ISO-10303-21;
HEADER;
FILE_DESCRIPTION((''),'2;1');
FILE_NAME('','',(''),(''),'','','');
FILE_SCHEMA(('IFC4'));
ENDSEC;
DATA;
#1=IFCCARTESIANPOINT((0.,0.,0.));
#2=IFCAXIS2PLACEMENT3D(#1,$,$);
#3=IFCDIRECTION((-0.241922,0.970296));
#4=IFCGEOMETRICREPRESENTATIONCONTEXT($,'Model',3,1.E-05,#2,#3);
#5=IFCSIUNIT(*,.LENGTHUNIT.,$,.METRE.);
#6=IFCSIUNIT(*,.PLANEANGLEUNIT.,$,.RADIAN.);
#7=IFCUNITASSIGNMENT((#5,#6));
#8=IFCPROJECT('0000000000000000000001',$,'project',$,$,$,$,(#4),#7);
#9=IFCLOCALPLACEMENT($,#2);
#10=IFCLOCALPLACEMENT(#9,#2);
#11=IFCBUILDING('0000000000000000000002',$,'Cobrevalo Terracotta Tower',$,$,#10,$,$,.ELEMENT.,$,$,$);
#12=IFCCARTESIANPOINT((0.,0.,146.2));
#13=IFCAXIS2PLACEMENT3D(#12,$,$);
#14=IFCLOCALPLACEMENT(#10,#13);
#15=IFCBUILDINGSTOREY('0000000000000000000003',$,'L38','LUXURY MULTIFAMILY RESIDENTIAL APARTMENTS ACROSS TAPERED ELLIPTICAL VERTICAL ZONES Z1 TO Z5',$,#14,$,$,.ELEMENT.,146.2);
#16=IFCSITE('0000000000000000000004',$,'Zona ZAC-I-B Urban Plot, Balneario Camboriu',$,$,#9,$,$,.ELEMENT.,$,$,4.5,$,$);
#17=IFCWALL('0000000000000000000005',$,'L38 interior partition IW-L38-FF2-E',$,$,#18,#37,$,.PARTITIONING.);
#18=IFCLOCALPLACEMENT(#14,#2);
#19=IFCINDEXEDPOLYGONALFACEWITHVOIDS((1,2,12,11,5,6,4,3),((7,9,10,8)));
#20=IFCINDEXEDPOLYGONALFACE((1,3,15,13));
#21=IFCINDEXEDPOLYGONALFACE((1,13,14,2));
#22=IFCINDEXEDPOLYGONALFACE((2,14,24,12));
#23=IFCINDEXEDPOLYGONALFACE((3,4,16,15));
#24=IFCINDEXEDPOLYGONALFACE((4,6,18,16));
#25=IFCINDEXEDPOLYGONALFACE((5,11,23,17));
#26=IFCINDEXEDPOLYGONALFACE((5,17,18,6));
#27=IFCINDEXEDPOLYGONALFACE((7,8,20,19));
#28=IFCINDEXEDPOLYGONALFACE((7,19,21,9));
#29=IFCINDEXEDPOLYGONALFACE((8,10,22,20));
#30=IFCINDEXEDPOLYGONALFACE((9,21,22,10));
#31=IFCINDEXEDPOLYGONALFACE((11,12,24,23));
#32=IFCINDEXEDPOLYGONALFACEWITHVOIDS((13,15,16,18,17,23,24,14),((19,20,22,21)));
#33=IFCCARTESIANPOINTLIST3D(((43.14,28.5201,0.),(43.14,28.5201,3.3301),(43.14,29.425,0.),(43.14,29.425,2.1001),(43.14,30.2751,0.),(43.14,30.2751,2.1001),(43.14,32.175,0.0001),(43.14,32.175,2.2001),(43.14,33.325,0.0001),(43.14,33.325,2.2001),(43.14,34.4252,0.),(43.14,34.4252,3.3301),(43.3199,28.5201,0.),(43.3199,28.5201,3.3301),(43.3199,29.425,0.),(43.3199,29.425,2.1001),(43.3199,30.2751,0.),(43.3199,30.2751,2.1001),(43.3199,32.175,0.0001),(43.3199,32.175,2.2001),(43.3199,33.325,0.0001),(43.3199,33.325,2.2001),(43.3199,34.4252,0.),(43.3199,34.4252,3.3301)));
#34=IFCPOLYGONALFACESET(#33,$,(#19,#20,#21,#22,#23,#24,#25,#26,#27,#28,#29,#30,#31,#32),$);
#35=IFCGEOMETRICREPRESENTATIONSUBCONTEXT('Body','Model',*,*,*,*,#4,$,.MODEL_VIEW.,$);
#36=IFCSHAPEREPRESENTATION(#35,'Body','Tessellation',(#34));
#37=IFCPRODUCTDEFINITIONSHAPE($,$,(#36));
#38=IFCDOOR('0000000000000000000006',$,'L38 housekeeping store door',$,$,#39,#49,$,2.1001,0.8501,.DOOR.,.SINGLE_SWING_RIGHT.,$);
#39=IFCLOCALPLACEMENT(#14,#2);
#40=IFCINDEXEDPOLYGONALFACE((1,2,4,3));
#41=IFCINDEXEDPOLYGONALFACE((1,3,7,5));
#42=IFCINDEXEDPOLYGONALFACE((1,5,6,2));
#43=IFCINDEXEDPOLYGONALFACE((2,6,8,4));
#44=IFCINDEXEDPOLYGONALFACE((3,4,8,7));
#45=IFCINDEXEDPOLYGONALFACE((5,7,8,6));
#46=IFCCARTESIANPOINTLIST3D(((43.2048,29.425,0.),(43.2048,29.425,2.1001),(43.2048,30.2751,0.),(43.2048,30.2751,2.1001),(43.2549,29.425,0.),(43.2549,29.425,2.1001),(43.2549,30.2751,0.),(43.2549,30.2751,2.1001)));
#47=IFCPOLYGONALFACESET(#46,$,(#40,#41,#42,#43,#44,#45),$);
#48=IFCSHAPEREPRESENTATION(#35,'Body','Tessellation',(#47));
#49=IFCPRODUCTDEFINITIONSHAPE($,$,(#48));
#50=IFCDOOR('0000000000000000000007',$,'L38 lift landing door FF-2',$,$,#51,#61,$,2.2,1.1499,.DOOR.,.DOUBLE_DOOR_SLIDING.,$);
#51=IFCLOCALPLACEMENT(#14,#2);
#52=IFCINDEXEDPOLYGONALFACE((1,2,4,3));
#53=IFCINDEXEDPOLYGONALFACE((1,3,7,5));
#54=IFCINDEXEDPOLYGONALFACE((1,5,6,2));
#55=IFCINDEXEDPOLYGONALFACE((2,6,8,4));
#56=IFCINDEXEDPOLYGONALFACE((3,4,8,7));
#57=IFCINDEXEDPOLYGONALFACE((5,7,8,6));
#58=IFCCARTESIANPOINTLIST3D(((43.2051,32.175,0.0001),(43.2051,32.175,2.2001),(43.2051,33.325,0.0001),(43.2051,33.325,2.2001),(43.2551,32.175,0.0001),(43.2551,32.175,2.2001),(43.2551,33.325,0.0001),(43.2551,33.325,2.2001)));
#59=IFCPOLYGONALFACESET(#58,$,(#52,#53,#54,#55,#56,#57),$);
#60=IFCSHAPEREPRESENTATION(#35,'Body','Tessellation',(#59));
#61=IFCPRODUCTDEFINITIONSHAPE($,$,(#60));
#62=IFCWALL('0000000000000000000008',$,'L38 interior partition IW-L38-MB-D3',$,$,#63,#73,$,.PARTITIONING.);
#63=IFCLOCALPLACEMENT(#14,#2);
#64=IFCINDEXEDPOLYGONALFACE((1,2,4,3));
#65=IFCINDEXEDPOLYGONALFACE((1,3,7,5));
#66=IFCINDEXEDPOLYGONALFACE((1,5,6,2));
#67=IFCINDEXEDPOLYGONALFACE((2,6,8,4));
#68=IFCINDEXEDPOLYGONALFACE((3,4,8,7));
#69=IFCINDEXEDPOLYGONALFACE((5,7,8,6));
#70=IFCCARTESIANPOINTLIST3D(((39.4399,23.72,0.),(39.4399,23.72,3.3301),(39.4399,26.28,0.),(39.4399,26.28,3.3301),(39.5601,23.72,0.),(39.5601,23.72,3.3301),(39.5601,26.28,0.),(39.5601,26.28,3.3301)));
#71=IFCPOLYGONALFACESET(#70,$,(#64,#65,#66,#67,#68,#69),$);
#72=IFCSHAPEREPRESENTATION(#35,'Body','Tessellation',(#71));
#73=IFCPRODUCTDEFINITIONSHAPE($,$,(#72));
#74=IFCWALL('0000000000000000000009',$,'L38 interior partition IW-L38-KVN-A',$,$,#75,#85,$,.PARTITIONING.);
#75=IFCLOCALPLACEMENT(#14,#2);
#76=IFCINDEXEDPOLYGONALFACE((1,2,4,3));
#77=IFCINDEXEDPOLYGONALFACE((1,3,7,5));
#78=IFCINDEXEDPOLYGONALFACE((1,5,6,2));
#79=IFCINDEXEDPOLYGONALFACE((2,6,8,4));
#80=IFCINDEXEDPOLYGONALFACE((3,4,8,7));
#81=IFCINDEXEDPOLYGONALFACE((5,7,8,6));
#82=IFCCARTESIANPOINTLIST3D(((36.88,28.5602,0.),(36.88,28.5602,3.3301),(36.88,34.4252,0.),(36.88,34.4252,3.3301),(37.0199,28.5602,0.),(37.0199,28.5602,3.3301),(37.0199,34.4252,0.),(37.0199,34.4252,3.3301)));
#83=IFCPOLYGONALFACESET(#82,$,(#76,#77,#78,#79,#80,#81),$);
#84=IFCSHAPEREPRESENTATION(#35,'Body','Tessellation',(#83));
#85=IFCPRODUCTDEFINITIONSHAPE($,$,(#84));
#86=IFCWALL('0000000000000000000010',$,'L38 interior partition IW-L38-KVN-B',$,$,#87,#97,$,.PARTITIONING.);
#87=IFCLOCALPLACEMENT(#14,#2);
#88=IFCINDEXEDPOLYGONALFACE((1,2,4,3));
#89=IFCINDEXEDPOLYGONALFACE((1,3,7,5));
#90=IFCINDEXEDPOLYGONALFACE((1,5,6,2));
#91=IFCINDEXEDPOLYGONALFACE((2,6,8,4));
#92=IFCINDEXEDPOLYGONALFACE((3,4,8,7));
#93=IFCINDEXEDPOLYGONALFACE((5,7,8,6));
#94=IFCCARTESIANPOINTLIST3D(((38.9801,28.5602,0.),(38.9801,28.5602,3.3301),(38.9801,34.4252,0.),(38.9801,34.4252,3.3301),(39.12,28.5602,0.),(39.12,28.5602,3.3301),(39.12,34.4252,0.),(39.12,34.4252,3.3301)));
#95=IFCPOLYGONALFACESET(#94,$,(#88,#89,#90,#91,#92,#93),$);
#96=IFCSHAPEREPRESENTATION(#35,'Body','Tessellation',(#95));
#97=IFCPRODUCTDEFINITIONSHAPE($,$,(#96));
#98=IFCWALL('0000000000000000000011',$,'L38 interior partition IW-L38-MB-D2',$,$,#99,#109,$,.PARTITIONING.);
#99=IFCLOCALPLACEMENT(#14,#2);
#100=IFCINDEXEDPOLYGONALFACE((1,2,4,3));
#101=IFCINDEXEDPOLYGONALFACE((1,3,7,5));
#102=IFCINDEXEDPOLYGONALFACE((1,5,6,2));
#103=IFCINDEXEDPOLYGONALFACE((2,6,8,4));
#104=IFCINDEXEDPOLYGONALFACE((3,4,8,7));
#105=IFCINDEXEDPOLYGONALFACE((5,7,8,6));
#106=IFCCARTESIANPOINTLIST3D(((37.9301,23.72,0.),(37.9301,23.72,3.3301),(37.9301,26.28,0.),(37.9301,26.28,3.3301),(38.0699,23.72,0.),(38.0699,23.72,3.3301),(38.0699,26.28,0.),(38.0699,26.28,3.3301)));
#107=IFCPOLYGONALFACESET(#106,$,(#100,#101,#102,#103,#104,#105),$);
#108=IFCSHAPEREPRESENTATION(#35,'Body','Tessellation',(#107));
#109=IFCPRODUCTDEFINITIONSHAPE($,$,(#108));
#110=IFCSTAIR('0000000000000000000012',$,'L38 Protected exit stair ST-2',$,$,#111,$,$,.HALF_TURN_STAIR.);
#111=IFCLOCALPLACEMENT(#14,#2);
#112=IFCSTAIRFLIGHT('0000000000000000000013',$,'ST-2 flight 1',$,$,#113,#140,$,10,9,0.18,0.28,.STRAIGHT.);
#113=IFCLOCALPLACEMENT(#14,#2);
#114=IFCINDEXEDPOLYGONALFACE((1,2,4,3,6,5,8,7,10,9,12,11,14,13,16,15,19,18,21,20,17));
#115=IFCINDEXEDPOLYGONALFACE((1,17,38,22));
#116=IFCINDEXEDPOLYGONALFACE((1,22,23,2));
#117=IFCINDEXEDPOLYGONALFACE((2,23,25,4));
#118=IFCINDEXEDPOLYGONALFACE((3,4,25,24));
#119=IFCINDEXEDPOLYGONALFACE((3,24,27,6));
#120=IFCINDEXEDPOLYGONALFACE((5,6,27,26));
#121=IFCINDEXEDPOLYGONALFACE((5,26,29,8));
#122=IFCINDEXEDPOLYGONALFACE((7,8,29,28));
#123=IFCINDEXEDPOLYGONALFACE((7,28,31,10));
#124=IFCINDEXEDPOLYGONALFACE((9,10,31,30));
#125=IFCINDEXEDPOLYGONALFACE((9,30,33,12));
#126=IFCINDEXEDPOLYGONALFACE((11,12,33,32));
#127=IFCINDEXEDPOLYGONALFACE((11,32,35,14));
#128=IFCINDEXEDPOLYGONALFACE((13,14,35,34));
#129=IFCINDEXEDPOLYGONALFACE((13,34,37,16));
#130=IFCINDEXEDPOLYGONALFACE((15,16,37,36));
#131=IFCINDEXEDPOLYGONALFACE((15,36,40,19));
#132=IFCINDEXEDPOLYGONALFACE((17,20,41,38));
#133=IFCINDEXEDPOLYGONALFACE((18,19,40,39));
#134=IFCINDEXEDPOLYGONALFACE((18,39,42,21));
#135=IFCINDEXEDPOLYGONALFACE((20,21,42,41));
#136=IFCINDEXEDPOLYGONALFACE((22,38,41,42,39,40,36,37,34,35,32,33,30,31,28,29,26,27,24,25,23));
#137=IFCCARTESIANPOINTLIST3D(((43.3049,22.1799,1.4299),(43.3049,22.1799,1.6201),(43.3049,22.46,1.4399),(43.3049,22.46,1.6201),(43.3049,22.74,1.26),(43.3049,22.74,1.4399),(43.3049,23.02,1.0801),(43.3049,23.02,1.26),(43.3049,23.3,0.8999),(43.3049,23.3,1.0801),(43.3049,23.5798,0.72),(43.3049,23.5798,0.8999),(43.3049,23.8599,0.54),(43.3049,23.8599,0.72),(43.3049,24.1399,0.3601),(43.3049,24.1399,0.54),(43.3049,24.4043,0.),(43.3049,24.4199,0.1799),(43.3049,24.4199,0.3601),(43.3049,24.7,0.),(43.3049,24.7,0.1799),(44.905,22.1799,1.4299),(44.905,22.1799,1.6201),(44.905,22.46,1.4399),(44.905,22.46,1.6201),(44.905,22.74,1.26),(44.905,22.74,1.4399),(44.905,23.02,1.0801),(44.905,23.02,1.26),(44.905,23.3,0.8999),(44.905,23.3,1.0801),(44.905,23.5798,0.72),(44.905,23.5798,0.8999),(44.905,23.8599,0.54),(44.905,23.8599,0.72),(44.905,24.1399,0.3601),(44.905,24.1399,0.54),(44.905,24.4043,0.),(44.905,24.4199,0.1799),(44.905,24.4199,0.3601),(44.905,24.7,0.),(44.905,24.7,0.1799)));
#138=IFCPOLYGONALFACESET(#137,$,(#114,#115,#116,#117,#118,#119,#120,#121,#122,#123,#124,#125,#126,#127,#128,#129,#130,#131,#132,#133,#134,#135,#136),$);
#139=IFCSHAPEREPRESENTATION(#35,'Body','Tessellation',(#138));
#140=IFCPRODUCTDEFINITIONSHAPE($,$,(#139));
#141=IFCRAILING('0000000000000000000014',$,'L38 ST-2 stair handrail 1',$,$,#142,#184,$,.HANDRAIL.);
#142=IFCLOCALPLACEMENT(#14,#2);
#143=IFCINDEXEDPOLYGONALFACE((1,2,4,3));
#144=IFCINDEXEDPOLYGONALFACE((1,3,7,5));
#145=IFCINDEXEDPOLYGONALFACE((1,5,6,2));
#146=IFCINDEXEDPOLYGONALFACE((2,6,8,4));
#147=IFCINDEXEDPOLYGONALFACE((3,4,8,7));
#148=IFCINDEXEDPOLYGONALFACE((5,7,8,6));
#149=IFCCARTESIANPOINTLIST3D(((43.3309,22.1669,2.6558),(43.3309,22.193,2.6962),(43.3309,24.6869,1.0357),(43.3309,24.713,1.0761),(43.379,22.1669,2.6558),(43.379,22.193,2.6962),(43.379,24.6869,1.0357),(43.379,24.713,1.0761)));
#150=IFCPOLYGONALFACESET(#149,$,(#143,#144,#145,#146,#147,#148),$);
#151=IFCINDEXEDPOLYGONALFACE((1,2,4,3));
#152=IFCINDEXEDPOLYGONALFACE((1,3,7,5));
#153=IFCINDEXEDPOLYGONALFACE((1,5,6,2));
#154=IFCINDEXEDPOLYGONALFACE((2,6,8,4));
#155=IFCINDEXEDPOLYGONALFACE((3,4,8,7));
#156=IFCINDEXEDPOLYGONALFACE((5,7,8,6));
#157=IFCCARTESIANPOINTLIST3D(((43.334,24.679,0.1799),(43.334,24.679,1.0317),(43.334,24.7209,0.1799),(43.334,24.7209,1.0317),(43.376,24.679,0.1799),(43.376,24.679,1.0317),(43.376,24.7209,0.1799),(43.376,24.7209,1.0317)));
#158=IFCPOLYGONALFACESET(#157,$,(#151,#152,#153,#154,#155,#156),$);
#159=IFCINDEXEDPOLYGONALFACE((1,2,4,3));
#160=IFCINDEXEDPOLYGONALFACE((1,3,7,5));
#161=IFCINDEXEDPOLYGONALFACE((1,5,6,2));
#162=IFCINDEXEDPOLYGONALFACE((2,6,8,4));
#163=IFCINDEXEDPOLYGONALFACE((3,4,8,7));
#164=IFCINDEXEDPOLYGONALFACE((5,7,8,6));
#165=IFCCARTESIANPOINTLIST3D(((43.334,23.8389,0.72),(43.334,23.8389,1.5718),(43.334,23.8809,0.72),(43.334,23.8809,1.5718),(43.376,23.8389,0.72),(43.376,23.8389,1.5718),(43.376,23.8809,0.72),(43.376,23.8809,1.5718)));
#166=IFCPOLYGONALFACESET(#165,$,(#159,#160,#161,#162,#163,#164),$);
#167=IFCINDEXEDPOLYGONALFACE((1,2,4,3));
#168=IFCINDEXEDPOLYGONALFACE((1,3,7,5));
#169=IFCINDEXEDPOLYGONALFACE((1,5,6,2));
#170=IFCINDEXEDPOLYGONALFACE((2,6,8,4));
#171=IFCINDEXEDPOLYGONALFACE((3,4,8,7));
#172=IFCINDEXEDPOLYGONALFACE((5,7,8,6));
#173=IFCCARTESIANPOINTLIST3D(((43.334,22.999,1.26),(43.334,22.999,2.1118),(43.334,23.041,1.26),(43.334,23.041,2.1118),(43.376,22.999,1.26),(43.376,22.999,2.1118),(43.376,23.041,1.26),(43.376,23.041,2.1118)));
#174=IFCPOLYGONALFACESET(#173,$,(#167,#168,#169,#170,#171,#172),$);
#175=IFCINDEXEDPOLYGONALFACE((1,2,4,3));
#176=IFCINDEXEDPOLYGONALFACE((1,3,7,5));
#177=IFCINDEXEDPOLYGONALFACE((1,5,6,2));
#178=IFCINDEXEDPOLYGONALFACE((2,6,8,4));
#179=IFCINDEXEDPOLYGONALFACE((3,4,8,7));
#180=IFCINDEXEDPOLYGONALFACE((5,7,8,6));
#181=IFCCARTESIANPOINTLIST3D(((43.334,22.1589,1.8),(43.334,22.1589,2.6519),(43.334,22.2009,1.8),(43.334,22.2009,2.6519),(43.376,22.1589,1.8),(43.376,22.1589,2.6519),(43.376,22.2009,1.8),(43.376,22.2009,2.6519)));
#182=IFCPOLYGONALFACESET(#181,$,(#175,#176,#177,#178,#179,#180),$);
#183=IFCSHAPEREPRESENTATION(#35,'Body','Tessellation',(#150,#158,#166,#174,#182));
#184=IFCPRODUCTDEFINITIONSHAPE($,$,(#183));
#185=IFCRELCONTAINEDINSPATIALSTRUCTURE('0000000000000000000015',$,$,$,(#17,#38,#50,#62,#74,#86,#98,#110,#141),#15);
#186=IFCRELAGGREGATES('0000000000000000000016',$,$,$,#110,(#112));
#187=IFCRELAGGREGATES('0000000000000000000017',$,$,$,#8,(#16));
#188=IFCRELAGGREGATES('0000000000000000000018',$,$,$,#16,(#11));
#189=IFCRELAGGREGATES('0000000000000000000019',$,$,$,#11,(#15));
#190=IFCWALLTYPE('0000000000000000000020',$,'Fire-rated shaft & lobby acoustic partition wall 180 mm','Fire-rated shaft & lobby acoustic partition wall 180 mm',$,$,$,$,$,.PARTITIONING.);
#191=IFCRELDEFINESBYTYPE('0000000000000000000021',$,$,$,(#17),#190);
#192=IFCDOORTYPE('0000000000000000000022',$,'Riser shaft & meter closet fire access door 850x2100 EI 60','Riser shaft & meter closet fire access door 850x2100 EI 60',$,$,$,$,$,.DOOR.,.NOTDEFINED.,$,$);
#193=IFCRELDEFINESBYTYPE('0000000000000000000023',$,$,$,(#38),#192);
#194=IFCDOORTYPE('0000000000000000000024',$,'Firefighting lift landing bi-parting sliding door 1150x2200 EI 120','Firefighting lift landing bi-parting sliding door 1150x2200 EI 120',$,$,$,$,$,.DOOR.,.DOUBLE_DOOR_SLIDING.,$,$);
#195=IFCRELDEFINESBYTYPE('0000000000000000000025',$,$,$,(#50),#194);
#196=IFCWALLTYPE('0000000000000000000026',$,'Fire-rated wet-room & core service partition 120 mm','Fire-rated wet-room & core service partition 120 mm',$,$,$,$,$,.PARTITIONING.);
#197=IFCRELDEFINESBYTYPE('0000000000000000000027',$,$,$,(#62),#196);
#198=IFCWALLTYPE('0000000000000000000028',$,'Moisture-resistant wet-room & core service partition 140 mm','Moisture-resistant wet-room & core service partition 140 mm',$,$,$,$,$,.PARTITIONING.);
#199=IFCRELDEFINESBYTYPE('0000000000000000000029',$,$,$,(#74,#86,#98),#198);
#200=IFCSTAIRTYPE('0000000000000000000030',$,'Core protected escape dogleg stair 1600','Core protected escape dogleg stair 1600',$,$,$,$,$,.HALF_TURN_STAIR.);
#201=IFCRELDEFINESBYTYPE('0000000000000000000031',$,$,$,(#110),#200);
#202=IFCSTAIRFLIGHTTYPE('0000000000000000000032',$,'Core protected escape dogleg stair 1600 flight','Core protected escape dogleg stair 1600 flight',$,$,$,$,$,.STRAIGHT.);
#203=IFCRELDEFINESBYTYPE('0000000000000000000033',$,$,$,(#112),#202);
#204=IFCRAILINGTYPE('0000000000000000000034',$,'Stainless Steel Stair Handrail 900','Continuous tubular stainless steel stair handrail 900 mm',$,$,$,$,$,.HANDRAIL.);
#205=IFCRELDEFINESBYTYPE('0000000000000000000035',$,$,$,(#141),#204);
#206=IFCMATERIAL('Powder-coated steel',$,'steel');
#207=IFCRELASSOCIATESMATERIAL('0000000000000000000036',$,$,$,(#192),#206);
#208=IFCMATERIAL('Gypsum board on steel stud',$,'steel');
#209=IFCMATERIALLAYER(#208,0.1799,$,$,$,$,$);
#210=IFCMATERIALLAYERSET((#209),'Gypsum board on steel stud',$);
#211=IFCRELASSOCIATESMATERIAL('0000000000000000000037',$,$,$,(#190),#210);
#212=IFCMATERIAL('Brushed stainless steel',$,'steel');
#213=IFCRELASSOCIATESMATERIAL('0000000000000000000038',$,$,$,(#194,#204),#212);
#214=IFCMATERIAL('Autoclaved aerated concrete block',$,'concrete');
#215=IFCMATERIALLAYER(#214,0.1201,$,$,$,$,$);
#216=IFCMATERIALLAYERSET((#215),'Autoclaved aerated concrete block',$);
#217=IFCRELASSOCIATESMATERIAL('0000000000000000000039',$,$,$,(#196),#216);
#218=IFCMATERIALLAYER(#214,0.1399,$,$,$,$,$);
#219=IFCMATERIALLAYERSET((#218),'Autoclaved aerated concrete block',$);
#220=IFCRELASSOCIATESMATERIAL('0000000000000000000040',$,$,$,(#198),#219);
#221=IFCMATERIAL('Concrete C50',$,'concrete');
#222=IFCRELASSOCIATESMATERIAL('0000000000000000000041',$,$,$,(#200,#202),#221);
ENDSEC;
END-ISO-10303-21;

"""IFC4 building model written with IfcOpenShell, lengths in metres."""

from ifc_helpers import new_model, si_unit, direction, frame, frame_2d, origin, origin_2d, place, context, subcontext, project, spatial, polyline, rectangle, outline, extrude, source, transform, mapped, material, layer, layer_set, type_object, element, fill, aggregate, save


model = new_model("IFC4")

# Units and contexts
model_context = context("Model", 3, precision=1e-05, world=origin(), true_north=direction((-0.241922, 0.970296)))
body_context = subcontext(model_context, "Body", "Model", "MODEL_VIEW")
ifc_project = project(units=[si_unit("LENGTHUNIT", "METRE"), si_unit("PLANEANGLEUNIT", "RADIAN")], contexts=[model_context])

# Site, building, storey
site_placement = place(None, origin())
site = spatial("IfcSite", under=ifc_project, at=site_placement, Name="Zona ZAC-I-B Urban Plot, Balneario Camboriu", CompositionType="ELEMENT", RefElevation=4.5)
building_placement = place(site_placement, origin())
building = spatial("IfcBuilding", under=site, at=building_placement, Name="Cobrevalo Terracotta Tower", CompositionType="ELEMENT")
storey_placement = place(building_placement, frame((0.0, 0.0, 146.2)))
storey = spatial("IfcBuildingStorey", under=building, at=storey_placement, Name="L38", Description="LUXURY MULTIFAMILY RESIDENTIAL APARTMENTS ACROSS TAPERED ELLIPTICAL VERTICAL ZONES Z1 TO Z5", CompositionType="ELEMENT", Elevation=146.2)

# Shared definitions
ifc_material_1 = material(Name="Gypsum board on steel stud", Category="steel")

# Shared definitions
ifc_material_2 = material(Name="Powder-coated steel", Category="steel")
door_type_1 = type_object("IfcDoorType", Name="Riser shaft & meter closet fire access door 850x2100 EI 60", Description="Riser shaft & meter closet fire access door 850x2100 EI 60", OperationType="NOTDEFINED", PredefinedType="DOOR", material=ifc_material_2)
shared_shape_1 = source(origin(), body_context, "Body", "SweptSolid", [
    extrude(rectangle(XDim=0.8501, YDim=2.1001, at=frame_2d((0.425, 1.05))), frame((0.0, 0.0249, 0.0), z_axis=(0.0, -1.0, 0.0), x_axis=(1.0, 0.0, 0.0)), (0.0, 0.0, 1.0), 0.05),
])
ifc_material_3 = material(Name="Brushed stainless steel", Category="steel")

# Shared definitions
ifc_layer_1 = layer(ifc_material_1, 0.1799)
ifc_layer_set_1 = layer_set([ifc_layer_1], Name="Gypsum board on steel stud")
wall_type_1 = type_object("IfcWallType", Name="Fire-rated shaft & lobby acoustic partition wall 180 mm", Description="Fire-rated shaft & lobby acoustic partition wall 180 mm", PredefinedType="PARTITIONING", material=ifc_layer_set_1)

# Wall, openings, doors
wall_1_placement = place(storey_placement, frame((43.23, 28.52, 0.0), z_axis=(0.0, 0.0, 1.0), x_axis=(0.0, 1.0, 0.0)))
wall_1 = element("IfcWall", 1, at=wall_1_placement, inside=storey, type_object=wall_type_1, Name="L38 interior partition IW-L38-FF2-E", PredefinedType="PARTITIONING", context=body_context, shape_type="SweptSolid", body=[
    extrude(rectangle(XDim=5.905, YDim=0.1799, at=frame_2d((2.9526, 0.0))), origin(), (0.0, 0.0, 1.0), 3.3301),
])
opening_1_placement = place(wall_1_placement, frame((0.905, 0.0, 0.0)))
opening_1 = element("IfcOpeningElement", 2, at=opening_1_placement, cuts=wall_1, PredefinedType="OPENING", context=body_context, shape_type="SweptSolid", body=[
    extrude(rectangle(XDim=0.8501, YDim=2.1001, at=frame_2d((0.425, 1.05))), frame((0.0, 0.1001, 0.0), z_axis=(0.0, -1.0, 0.0), x_axis=(1.0, 0.0, 0.0)), (0.0, 0.0, 1.0), 0.2),
])
opening_2_placement = place(wall_1_placement, frame((3.655, 0.0, 0.0)))
opening_2 = element("IfcOpeningElement", 3, at=opening_2_placement, cuts=wall_1, PredefinedType="OPENING", context=body_context, shape_type="SweptSolid", body=[
    extrude(rectangle(XDim=1.1499, YDim=2.2, at=frame_2d((0.575, 1.1001))), frame((0.0, 0.1001, 0.0), z_axis=(0.0, -1.0, 0.0), x_axis=(1.0, 0.0, 0.0)), (0.0, 0.0, 1.0), 0.2),
])
door_1_placement = place(opening_1_placement, frame((0.8501, 0.0, 0.0), z_axis=(0.0, 0.0, 1.0), x_axis=(-1.0, 0.0, 0.0)))
door_1 = element("IfcDoor", 4, at=door_1_placement, inside=storey, type_object=door_type_1, Name="L38 housekeeping store door", OperationType="SINGLE_SWING_RIGHT", OverallHeight=2.1001, OverallWidth=0.8501, PredefinedType="DOOR", context=body_context, shape_type="MappedRepresentation", body=[
    mapped(shared_shape_1, transform((0.0, 0.0, 0.0), scale=1.0)),
])
fill(opening_1, door_1)
door_type_2 = type_object("IfcDoorType", Name="Firefighting lift landing bi-parting sliding door 1150x2200 EI 120", Description="Firefighting lift landing bi-parting sliding door 1150x2200 EI 120", OperationType="DOUBLE_DOOR_SLIDING", PredefinedType="DOOR", material=ifc_material_3)
shared_shape_2 = source(origin(), body_context, "Body", "SweptSolid", [
    extrude(rectangle(XDim=1.1499, YDim=2.2, at=frame_2d((0.575, 1.1001))), frame((0.0, 0.0249, 0.0), z_axis=(0.0, -1.0, 0.0), x_axis=(1.0, 0.0, 0.0)), (0.0, 0.0, 1.0), 0.05),
])
door_2_placement = place(opening_2_placement, origin())
door_2 = element("IfcDoor", 5, at=door_2_placement, inside=storey, type_object=door_type_2, Name="L38 lift landing door FF-2", OperationType="DOUBLE_DOOR_SLIDING", OverallHeight=2.2, OverallWidth=1.1499, PredefinedType="DOOR", context=body_context, shape_type="MappedRepresentation", body=[
    mapped(shared_shape_2, transform((0.0, 0.0, 0.0), scale=1.0)),
])
fill(opening_2, door_2)

# Walls
ifc_material_4 = material(Name="Autoclaved aerated concrete block", Category="concrete")
ifc_layer_2 = layer(ifc_material_4, 0.1201)
ifc_layer_set_2 = layer_set([ifc_layer_2], Name="Autoclaved aerated concrete block")
wall_type_2 = type_object("IfcWallType", Name="Fire-rated wet-room & core service partition 120 mm", Description="Fire-rated wet-room & core service partition 120 mm", PredefinedType="PARTITIONING", material=ifc_layer_set_2)
wall_2_placement = place(storey_placement, frame((39.5, 23.72, 0.0), z_axis=(0.0, 0.0, 1.0), x_axis=(0.0, 1.0, 0.0)))
element("IfcWall", 6, at=wall_2_placement, inside=storey, type_object=wall_type_2, Name="L38 interior partition IW-L38-MB-D3", PredefinedType="PARTITIONING", context=body_context, shape_type="SweptSolid", body=[
    extrude(rectangle(XDim=2.5601, YDim=0.1201, at=frame_2d((1.28, 0.0))), origin(), (0.0, 0.0, 1.0), 3.3301),
])
ifc_layer_3 = layer(ifc_material_4, 0.1399)
ifc_layer_set_3 = layer_set([ifc_layer_3], Name="Autoclaved aerated concrete block")
wall_type_3 = type_object("IfcWallType", Name="Moisture-resistant wet-room & core service partition 140 mm", Description="Moisture-resistant wet-room & core service partition 140 mm", PredefinedType="PARTITIONING", material=ifc_layer_set_3)
for number, where, z_axis, x_axis, name in (
    (7, (36.95, 28.5601, 0.0), (0.0, 0.0, 1.0), (0.0, 1.0, 0.0), "L38 interior partition IW-L38-KVN-A"),
    (8, (39.05, 28.5601, 0.0), (0.0, 0.0, 1.0), (0.0, 1.0, 0.0), "L38 interior partition IW-L38-KVN-B"),
):
    element("IfcWall", number, at=place(storey_placement, frame(where, z_axis=z_axis, x_axis=x_axis)), inside=storey, type_object=wall_type_3, Name=name, PredefinedType="PARTITIONING", context=body_context, shape_type="SweptSolid", body=[
        extrude(rectangle(XDim=5.865, YDim=0.1399, at=frame_2d((2.9326, 0.0))), origin(), (0.0, 0.0, 1.0), 3.3301),
    ])
wall_3_placement = place(storey_placement, frame((38.0, 23.72, 0.0), z_axis=(0.0, 0.0, 1.0), x_axis=(0.0, 1.0, 0.0)))
element("IfcWall", 9, at=wall_3_placement, inside=storey, type_object=wall_type_3, Name="L38 interior partition IW-L38-MB-D2", PredefinedType="PARTITIONING", context=body_context, shape_type="SweptSolid", body=[
    extrude(rectangle(XDim=2.5601, YDim=0.1399, at=frame_2d((1.28, 0.0))), origin(), (0.0, 0.0, 1.0), 3.3301),
])

# Shared definitions
ifc_material_5 = material(Name="Concrete C50", Category="concrete")

# Stair, stair flight
stair_type = type_object("IfcStairType", Name="Core protected escape dogleg stair 1600", Description="Core protected escape dogleg stair 1600", PredefinedType="HALF_TURN_STAIR", material=ifc_material_5)
stair_placement = place(storey_placement, origin())
stair = element("IfcStair", 10, at=stair_placement, inside=storey, type_object=stair_type, Name="L38 Protected exit stair ST-2", PredefinedType="HALF_TURN_STAIR")
stair_flight_type = type_object("IfcStairFlightType", Name="Core protected escape dogleg stair 1600 flight", Description="Core protected escape dogleg stair 1600 flight", PredefinedType="STRAIGHT", material=ifc_material_5)
stair_flight_placement = place(storey_placement, frame((44.105, 24.7, 0.0), z_axis=(0.0, 0.0, 1.0), x_axis=(0.0, -1.0, 0.0)))
stair_flight = element("IfcStairFlight", 11, at=stair_flight_placement, type_object=stair_flight_type, Name="ST-2 flight 1", NumberOfRisers=10, NumberOfTreads=9, PredefinedType="STRAIGHT", RiserHeight=0.18, TreadLength=0.28, context=body_context, shape_type="SweptSolid", body=[
    extrude(outline(polyline([(0.0, 0.0), (0.0, 0.1799), (0.28, 0.1799), (0.28, 0.3601), (0.5601, 0.3601), (0.5601, 0.54), (0.8401, 0.54), (0.8401, 0.72), (1.1201, 0.72), (1.1201, 0.8999), (1.3999, 0.8999), (1.3999, 1.0801), (1.6799, 1.0801), (1.6799, 1.26), (1.96, 1.26), (1.96, 1.4399), (2.24, 1.4399), (2.24, 1.6201), (2.52, 1.6201), (2.52, 1.8), (2.52, 1.4299), (0.2957, 0.0), (0.0, 0.0)])), frame((0.0, 0.8, 0.0), z_axis=(0.0, -1.0, 0.0), x_axis=(1.0, 0.0, 0.0)), (0.0, 0.0, 1.0), 1.6001),
])
aggregate(stair, [stair_flight])

# Railing
railing_type_1 = type_object("IfcRailingType", Name="Stainless Steel Stair Handrail 900", Description="Continuous tubular stainless steel stair handrail 900 mm", PredefinedType="HANDRAIL", material=ifc_material_3)
railing_1_placement = place(storey_placement, frame((43.355, 24.7, 0.1799)))
element("IfcRailing", 12, at=railing_1_placement, inside=storey, type_object=railing_type_1, Name="L38 ST-2 stair handrail 1", PredefinedType="HANDRAIL", context=body_context, shape_type="SweptSolid", body=[
    extrude(rectangle(XDim=0.0481, YDim=0.0481, at=origin_2d()), frame((0.0, 0.0, 0.876), z_axis=(0.0, -0.841163, 0.540782), x_axis=(1.0, 0.0, 0.0)), (0.0, 0.0, 1.0), 2.9958),
    extrude(rectangle(XDim=0.042, YDim=0.042, at=origin_2d()), origin(), (0.0, 0.0, 1.0), 0.8518),
    extrude(rectangle(XDim=0.042, YDim=0.042, at=origin_2d()), frame((0.0, -0.8401, 0.54)), (0.0, 0.0, 1.0), 0.8518),
    extrude(rectangle(XDim=0.042, YDim=0.042, at=origin_2d()), frame((0.0, -1.6799, 1.0801)), (0.0, 0.0, 1.0), 0.8518),
    extrude(rectangle(XDim=0.042, YDim=0.042, at=origin_2d()), frame((0.0, -2.52, 1.6201)), (0.0, 0.0, 1.0), 0.8518),
])

save(model, "model.ifc")
